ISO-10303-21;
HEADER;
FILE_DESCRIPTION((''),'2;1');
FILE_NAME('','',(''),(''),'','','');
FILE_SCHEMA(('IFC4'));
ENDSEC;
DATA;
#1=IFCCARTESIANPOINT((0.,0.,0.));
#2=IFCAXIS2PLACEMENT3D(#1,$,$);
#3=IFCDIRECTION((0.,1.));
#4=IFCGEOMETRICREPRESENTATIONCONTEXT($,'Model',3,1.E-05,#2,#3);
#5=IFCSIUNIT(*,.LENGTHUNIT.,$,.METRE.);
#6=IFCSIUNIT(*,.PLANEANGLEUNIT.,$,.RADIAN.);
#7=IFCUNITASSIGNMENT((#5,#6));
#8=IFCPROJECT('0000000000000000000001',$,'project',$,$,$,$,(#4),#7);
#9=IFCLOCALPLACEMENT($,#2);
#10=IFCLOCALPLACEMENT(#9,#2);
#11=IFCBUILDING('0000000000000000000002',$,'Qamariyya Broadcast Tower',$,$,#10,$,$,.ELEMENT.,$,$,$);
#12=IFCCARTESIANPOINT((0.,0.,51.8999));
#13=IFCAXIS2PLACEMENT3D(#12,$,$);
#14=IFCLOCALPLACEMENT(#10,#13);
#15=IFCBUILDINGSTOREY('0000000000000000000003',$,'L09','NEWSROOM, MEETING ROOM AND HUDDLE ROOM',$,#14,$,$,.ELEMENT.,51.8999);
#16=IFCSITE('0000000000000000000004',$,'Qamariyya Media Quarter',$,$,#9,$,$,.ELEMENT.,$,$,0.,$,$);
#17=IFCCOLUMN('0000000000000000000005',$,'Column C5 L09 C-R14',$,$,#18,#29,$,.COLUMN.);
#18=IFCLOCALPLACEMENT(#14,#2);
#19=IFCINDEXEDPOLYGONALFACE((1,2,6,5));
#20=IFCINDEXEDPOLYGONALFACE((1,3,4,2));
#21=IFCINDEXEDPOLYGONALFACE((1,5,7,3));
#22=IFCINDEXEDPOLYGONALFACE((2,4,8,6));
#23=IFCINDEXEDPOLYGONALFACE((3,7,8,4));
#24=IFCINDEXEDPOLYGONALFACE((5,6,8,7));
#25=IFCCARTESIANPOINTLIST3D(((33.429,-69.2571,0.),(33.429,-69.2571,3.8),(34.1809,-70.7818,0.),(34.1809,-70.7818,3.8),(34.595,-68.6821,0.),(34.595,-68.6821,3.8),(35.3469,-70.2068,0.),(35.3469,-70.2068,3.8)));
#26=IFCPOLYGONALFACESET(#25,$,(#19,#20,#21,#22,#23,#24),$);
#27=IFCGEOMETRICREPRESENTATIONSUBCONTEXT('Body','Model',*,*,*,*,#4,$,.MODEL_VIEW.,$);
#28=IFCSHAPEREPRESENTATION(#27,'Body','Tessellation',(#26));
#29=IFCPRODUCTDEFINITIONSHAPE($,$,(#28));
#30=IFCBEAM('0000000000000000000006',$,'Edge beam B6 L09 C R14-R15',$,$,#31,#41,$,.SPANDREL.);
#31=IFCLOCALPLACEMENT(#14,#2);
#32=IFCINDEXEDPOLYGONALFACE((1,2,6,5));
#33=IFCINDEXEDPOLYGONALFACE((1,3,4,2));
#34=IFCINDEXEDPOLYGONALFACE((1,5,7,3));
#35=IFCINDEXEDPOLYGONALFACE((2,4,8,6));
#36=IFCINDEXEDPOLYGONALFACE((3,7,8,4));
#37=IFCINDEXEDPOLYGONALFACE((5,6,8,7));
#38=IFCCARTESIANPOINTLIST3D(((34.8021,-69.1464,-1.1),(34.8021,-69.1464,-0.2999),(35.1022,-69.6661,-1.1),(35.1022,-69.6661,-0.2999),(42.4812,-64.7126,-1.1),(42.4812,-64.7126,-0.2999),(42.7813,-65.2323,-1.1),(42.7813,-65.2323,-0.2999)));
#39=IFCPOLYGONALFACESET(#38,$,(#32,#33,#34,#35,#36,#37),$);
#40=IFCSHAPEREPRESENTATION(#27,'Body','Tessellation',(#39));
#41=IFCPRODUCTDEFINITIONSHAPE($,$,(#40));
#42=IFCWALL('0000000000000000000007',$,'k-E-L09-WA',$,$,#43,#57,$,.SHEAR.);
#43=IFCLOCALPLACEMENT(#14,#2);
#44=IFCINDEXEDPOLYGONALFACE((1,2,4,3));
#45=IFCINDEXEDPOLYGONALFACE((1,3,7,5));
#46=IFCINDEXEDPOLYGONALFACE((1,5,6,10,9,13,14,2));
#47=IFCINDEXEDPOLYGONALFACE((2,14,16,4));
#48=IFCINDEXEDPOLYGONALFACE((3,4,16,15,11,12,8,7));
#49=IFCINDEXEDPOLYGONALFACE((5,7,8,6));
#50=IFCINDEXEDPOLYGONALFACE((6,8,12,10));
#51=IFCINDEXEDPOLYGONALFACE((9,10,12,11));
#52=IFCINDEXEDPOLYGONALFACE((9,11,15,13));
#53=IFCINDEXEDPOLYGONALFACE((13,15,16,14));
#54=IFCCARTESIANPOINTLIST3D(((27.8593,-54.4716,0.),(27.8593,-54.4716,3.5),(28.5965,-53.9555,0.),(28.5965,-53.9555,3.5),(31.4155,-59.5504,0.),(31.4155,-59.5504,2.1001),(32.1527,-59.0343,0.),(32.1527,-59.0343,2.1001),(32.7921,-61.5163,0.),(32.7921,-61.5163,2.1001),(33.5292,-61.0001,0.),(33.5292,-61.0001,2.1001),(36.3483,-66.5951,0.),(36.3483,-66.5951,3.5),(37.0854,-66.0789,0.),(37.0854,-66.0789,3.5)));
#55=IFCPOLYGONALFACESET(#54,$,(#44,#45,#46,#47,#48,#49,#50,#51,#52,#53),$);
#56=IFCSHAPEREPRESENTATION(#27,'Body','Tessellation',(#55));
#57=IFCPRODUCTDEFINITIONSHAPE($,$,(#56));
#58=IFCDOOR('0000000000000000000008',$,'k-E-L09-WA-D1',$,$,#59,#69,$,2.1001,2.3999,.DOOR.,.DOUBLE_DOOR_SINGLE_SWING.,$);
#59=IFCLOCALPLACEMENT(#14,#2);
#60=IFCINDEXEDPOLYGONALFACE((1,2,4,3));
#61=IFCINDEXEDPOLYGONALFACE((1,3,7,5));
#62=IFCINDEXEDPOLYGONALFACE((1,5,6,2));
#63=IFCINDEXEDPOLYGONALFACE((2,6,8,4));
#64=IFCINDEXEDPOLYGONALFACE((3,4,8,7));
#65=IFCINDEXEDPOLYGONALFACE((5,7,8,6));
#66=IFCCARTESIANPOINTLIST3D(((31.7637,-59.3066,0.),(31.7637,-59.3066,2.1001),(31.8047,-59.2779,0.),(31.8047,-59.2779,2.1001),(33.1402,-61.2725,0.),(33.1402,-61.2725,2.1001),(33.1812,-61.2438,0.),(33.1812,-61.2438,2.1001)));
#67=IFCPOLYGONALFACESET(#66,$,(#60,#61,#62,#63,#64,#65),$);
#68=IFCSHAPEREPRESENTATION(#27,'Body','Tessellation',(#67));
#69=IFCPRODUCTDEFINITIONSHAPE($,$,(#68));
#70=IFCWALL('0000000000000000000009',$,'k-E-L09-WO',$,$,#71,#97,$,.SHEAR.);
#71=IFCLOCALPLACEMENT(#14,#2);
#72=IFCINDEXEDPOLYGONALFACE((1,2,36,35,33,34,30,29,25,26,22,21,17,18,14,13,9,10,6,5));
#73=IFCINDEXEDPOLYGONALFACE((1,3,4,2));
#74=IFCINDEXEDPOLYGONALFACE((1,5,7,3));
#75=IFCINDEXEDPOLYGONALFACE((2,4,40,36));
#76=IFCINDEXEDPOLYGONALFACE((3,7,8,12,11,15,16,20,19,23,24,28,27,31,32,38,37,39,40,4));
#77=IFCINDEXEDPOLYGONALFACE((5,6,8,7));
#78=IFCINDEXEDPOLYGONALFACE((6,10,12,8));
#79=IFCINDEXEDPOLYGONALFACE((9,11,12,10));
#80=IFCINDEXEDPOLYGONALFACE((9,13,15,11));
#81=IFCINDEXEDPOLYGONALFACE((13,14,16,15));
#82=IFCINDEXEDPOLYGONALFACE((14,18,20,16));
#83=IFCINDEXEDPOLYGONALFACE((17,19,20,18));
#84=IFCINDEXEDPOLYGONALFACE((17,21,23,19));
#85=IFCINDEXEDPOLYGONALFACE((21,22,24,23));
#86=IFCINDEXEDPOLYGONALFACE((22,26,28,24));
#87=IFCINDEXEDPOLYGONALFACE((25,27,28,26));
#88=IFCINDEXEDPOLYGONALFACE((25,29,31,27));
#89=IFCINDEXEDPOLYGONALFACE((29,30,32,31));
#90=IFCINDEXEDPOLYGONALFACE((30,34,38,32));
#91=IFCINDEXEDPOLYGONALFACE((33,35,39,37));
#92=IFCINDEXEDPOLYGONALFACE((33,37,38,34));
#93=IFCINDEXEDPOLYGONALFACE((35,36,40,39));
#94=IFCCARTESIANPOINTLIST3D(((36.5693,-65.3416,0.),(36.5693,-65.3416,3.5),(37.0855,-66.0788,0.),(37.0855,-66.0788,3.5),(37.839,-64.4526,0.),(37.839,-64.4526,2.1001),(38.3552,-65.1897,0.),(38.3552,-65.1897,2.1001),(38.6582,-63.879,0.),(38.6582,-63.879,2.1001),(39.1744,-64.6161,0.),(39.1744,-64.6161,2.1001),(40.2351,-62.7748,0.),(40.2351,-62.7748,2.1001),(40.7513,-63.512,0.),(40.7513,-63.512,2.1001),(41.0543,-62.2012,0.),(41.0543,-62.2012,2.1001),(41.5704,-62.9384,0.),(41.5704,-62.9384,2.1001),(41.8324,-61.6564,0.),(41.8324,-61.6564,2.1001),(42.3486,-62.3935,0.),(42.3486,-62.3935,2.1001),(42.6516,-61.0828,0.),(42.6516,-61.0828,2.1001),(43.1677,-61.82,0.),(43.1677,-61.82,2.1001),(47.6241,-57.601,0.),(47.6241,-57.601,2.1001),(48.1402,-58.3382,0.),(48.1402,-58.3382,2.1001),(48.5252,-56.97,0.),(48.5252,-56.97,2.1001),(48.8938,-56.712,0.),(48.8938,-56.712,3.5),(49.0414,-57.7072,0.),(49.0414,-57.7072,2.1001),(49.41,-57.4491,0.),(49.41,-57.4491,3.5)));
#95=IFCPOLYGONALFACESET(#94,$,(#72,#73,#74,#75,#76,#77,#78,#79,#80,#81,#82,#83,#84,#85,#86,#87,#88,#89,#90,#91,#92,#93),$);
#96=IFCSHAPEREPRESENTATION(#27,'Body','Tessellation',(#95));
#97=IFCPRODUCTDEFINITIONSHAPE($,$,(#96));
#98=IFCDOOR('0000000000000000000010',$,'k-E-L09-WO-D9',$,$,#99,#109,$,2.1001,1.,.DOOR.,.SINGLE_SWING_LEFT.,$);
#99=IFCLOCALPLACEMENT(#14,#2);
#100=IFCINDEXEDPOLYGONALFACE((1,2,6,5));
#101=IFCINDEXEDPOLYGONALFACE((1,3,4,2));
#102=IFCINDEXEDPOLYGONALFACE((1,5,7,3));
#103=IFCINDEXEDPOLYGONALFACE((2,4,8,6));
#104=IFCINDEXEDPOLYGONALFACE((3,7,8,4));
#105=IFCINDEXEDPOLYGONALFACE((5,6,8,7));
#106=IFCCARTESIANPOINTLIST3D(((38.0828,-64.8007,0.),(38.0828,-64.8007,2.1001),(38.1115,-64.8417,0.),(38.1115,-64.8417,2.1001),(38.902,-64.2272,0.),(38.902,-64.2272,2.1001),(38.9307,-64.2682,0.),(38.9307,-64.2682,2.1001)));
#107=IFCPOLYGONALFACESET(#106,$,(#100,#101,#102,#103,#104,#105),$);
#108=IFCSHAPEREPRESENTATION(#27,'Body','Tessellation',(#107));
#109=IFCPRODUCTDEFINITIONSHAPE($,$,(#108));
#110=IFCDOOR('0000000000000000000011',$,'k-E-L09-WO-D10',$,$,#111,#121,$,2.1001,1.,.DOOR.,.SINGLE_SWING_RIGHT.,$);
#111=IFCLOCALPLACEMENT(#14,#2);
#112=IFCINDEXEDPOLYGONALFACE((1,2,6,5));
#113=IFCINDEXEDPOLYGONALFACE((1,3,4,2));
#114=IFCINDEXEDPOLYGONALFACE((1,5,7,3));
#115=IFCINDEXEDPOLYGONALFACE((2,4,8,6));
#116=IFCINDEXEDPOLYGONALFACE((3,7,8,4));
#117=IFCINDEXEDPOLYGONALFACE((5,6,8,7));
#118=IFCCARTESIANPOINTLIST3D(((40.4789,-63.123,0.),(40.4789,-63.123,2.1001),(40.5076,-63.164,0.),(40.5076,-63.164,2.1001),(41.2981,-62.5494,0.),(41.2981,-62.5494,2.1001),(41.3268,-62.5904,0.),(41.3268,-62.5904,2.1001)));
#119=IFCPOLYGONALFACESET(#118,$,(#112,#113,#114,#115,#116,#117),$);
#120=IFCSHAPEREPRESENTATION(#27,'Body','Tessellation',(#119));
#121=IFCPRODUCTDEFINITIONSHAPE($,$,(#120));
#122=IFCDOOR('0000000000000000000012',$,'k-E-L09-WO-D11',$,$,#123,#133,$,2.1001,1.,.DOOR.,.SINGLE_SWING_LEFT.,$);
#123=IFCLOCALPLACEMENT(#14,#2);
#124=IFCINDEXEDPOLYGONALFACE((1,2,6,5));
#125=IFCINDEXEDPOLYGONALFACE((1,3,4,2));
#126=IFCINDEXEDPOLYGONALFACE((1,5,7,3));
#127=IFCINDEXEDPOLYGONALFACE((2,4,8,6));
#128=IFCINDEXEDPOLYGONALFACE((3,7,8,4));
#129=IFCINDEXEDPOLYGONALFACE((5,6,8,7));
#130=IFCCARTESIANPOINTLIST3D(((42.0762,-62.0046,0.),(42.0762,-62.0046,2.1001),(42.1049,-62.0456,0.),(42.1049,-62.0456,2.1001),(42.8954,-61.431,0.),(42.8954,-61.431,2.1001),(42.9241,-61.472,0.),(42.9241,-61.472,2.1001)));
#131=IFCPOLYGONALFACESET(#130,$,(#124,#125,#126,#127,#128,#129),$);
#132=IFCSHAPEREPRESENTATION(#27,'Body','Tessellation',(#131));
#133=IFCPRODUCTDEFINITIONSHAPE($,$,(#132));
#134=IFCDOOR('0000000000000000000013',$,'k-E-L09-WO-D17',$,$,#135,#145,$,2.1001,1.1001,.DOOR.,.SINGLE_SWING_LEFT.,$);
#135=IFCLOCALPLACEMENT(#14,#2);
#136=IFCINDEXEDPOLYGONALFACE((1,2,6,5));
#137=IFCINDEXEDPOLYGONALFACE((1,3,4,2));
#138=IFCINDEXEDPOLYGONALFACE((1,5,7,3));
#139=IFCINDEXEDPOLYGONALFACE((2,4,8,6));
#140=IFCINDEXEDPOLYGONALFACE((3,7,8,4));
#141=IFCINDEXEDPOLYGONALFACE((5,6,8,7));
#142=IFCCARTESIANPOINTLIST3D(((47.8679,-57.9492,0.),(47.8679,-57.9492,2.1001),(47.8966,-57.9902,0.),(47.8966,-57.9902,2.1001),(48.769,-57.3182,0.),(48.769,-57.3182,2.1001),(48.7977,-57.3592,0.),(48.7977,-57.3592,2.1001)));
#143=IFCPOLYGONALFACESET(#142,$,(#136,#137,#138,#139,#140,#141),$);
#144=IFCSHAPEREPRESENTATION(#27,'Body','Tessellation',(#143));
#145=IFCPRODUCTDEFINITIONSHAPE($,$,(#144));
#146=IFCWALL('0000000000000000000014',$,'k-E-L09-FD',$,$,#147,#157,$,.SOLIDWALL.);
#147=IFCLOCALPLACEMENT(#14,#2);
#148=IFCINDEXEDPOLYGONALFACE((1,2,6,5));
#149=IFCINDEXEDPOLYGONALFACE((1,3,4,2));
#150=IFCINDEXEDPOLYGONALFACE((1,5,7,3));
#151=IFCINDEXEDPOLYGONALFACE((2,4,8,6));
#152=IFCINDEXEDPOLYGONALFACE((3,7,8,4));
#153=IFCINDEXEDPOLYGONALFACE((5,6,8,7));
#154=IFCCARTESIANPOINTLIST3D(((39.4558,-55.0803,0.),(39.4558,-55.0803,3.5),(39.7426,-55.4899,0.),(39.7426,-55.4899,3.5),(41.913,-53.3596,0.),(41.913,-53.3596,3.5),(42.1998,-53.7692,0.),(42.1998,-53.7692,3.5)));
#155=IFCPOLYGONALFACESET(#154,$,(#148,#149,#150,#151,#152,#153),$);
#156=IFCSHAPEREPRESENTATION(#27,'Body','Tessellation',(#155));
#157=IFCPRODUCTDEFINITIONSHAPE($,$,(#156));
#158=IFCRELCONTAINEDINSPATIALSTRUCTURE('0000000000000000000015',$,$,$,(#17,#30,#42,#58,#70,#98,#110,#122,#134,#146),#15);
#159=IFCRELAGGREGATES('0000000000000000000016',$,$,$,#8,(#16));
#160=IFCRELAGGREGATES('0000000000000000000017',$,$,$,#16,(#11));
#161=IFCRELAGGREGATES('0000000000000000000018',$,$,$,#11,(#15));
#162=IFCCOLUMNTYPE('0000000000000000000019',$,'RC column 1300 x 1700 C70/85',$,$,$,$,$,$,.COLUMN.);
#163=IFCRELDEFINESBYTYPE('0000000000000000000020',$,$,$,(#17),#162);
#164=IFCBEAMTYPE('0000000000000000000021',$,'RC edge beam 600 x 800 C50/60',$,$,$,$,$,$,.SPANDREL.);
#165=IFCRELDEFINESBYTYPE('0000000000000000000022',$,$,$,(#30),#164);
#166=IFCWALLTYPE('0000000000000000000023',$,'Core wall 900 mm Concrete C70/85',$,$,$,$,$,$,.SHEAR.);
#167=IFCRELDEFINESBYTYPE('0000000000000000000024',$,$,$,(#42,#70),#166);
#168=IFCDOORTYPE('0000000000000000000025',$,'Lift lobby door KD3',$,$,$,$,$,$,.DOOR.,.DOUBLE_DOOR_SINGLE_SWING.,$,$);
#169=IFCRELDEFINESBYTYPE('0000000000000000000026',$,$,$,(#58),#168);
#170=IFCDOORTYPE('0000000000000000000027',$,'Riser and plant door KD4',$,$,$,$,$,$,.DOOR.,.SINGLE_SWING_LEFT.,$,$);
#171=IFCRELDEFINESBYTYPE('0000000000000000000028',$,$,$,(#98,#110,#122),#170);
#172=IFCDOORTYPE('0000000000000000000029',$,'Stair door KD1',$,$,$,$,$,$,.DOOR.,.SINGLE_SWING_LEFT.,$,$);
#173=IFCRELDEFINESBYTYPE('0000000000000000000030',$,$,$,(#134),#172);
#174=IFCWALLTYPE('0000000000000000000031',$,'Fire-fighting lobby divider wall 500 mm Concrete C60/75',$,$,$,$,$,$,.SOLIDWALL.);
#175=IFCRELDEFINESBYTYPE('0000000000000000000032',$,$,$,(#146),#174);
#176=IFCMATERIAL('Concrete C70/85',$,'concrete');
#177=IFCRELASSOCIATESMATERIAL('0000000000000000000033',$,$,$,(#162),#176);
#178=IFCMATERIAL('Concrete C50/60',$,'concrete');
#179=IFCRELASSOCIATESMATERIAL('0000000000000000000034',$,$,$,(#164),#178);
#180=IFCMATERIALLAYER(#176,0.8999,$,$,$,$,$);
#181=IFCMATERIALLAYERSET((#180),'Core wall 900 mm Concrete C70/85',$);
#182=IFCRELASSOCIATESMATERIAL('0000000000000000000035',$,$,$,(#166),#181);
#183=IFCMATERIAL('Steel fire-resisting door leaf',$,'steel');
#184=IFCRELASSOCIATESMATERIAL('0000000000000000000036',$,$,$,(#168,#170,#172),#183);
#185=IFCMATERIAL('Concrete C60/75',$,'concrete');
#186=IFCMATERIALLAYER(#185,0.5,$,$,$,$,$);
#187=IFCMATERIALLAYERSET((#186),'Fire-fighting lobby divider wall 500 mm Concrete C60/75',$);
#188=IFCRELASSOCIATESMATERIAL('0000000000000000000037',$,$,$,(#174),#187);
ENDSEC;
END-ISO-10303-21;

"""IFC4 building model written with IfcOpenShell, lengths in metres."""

from ifc_helpers import new_model, si_unit, direction, frame, frame_2d, origin, origin_2d, place, context, subcontext, project, spatial, rectangle, extrude, material, layer, layer_set, material_profile, profile_set, type_object, element, fill, save


model = new_model("IFC4")

# Units and contexts
model_context = context("Model", 3, precision=1e-05, world=origin(), true_north=direction((0.0, 1.0)))
body_context = subcontext(model_context, "Body", "Model", "MODEL_VIEW")
ifc_project = project(units=[si_unit("LENGTHUNIT", "METRE"), si_unit("PLANEANGLEUNIT", "RADIAN")], contexts=[model_context])

# Site, building, storey
site_placement = place(None, origin())
site = spatial("IfcSite", under=ifc_project, at=site_placement, Name="Qamariyya Media Quarter", CompositionType="ELEMENT", RefElevation=0.0)
building_placement = place(site_placement, origin())
building = spatial("IfcBuilding", under=site, at=building_placement, Name="Qamariyya Broadcast Tower", CompositionType="ELEMENT")
storey_placement = place(building_placement, frame((0.0, 0.0, 51.8999)))
storey = spatial("IfcBuildingStorey", under=building, at=storey_placement, Name="L09", Description="NEWSROOM, MEETING ROOM AND HUDDLE ROOM", CompositionType="ELEMENT", Elevation=51.8999)

# Column
ifc_material_1 = material(Name="Concrete C70/85", Category="concrete")
ifc_material_profile_1 = material_profile(ifc_material_1, rectangle(XDim=1.3, YDim=1.7, at=origin_2d()))
ifc_profile_set_1 = profile_set([ifc_material_profile_1], Name="Concrete C70/85")
column_type = type_object("IfcColumnType", Name="RC column 1300 x 1700 C70/85", PredefinedType="COLUMN", material=ifc_profile_set_1)
column_placement = place(storey_placement, frame((34.3879, -69.7319, 0.0), z_axis=(0.0, 0.0, 1.0), x_axis=(0.896873, 0.442289, 0.0)))
element("IfcColumn", 1, at=column_placement, inside=storey, type_object=column_type, Name="Column C5 L09 C-R14", PredefinedType="COLUMN", context=body_context, shape_type="SweptSolid", body=[
    extrude(rectangle(XDim=1.3, YDim=1.7, at=origin_2d()), origin(), (0.0, 0.0, 1.0), 3.8),
])

# Beam
ifc_material_2 = material(Name="Concrete C50/60", Category="concrete")
ifc_material_profile_2 = material_profile(ifc_material_2, rectangle(XDim=0.6001, YDim=0.8, at=origin_2d()))
ifc_profile_set_2 = profile_set([ifc_material_profile_2], Name="Concrete C50/60")
beam_type = type_object("IfcBeamType", Name="RC edge beam 600 x 800 C50/60", PredefinedType="SPANDREL", material=ifc_profile_set_2)
beam_placement = place(storey_placement, frame((34.9521, -69.4062, -0.7), z_axis=(0.866013, 0.500021, 0.0), x_axis=(-0.500021, 0.866013, 0.0)))
element("IfcBeam", 2, at=beam_placement, inside=storey, type_object=beam_type, Name="Edge beam B6 L09 C R14-R15", PredefinedType="SPANDREL", context=body_context, shape_type="SweptSolid", body=[
    extrude(rectangle(XDim=0.6001, YDim=0.8, at=origin_2d()), origin(), (0.0, 0.0, 1.0), 8.8672),
])

# Wall, opening, door
ifc_layer_1 = layer(ifc_material_1, 0.8999)
ifc_layer_set_1 = layer_set([ifc_layer_1], Name="Core wall 900 mm Concrete C70/85")
wall_type_1 = type_object("IfcWallType", Name="Core wall 900 mm Concrete C70/85", PredefinedType="SHEAR", material=ifc_layer_set_1)
wall_1_placement = place(storey_placement, frame((36.7168, -66.3369, 0.0), z_axis=(0.0, 0.0, 1.0), x_axis=(-0.573577, 0.819151, 0.0)))
wall_1 = element("IfcWall", 3, at=wall_1_placement, inside=storey, type_object=wall_type_1, Name="k-E-L09-WA", PredefinedType="SHEAR", context=body_context, shape_type="SweptSolid", body=[
    extrude(rectangle(XDim=14.8, YDim=0.8999, at=frame_2d((7.3999, 0.0))), origin(), (0.0, 0.0, 1.0), 3.5),
])
opening_1_placement = place(wall_1_placement, frame((6.2, 0.0, 0.0)))
opening_1 = element("IfcOpeningElement", 4, at=opening_1_placement, cuts=wall_1, PredefinedType="OPENING", context=body_context, shape_type="SweptSolid", body=[
    extrude(rectangle(XDim=2.3999, YDim=2.1001, at=frame_2d((1.2, 1.05))), frame((0.0, 0.46, 0.0), z_axis=(0.0, -1.0, 0.0), x_axis=(1.0, 0.0, 0.0)), (0.0, 0.0, 1.0), 0.9199),
])
ifc_material_3 = material(Name="Steel fire-resisting door leaf", Category="steel")
door_type_1 = type_object("IfcDoorType", Name="Lift lobby door KD3", OperationType="DOUBLE_DOOR_SINGLE_SWING", PredefinedType="DOOR", material=ifc_material_3)
door_1_placement = place(opening_1_placement, origin())
door_1 = element("IfcDoor", 5, at=door_1_placement, inside=storey, type_object=door_type_1, Name="k-E-L09-WA-D1", OperationType="DOUBLE_DOOR_SINGLE_SWING", OverallHeight=2.1001, OverallWidth=2.3999, PredefinedType="DOOR", context=body_context, shape_type="SweptSolid", body=[
    extrude(rectangle(XDim=2.3999, YDim=2.1001, at=frame_2d((1.2, 1.05))), frame((0.0, 0.0249, 0.0), z_axis=(0.0, -1.0, 0.0), x_axis=(1.0, 0.0, 0.0)), (0.0, 0.0, 1.0), 0.05),
])
fill(opening_1, door_1)

# Wall, openings, doors
wall_2_placement = place(storey_placement, frame((36.8274, -65.7102, 0.0), z_axis=(0.0, 0.0, 1.0), x_axis=(0.819153, 0.573575, 0.0)))
wall_2 = element("IfcWall", 6, at=wall_2_placement, inside=storey, type_object=wall_type_1, Name="k-E-L09-WO", PredefinedType="SHEAR", context=body_context, shape_type="SweptSolid", body=[
    extrude(rectangle(XDim=15.0454, YDim=0.8999, at=frame_2d((7.5227, 0.0))), origin(), (0.0, 0.0, 1.0), 3.5),
])
opening_2_placement = place(wall_2_placement, frame((1.55, 0.0, 0.0)))
opening_2 = element("IfcOpeningElement", 7, at=opening_2_placement, cuts=wall_2, PredefinedType="OPENING", context=body_context, shape_type="SweptSolid", body=[
    extrude(rectangle(XDim=1.0, YDim=2.1001, at=frame_2d((0.5, 1.05))), frame((0.0, 0.46, 0.0), z_axis=(0.0, -1.0, 0.0), x_axis=(1.0, 0.0, 0.0)), (0.0, 0.0, 1.0), 0.9199),
])
opening_3_placement = place(wall_2_placement, frame((4.4751, 0.0, 0.0)))
opening_3 = element("IfcOpeningElement", 8, at=opening_3_placement, cuts=wall_2, PredefinedType="OPENING", context=body_context, shape_type="SweptSolid", body=[
    extrude(rectangle(XDim=1.0, YDim=2.1001, at=frame_2d((0.5, 1.05))), frame((0.0, 0.46, 0.0), z_axis=(0.0, -1.0, 0.0), x_axis=(1.0, 0.0, 0.0)), (0.0, 0.0, 1.0), 0.9199),
])
opening_4_placement = place(wall_2_placement, frame((6.425, 0.0, 0.0)))
opening_4 = element("IfcOpeningElement", 9, at=opening_4_placement, cuts=wall_2, PredefinedType="OPENING", context=body_context, shape_type="SweptSolid", body=[
    extrude(rectangle(XDim=1.0, YDim=2.1001, at=frame_2d((0.5, 1.05))), frame((0.0, 0.46, 0.0), z_axis=(0.0, -1.0, 0.0), x_axis=(1.0, 0.0, 0.0)), (0.0, 0.0, 1.0), 0.9199),
])
opening_5_placement = place(wall_2_placement, frame((13.4954, 0.0, 0.0)))
opening_5 = element("IfcOpeningElement", 10, at=opening_5_placement, cuts=wall_2, PredefinedType="OPENING", context=body_context, shape_type="SweptSolid", body=[
    extrude(rectangle(XDim=1.1001, YDim=2.1001, at=frame_2d((0.55, 1.05))), frame((0.0, 0.46, 0.0), z_axis=(0.0, -1.0, 0.0), x_axis=(1.0, 0.0, 0.0)), (0.0, 0.0, 1.0), 0.9199),
])
door_type_2 = type_object("IfcDoorType", Name="Riser and plant door KD4", OperationType="SINGLE_SWING_LEFT", PredefinedType="DOOR", material=ifc_material_3)
door_2_placement = place(opening_2_placement, origin())
door_2 = element("IfcDoor", 11, at=door_2_placement, inside=storey, type_object=door_type_2, Name="k-E-L09-WO-D9", OperationType="SINGLE_SWING_LEFT", OverallHeight=2.1001, OverallWidth=1.0, PredefinedType="DOOR", context=body_context, shape_type="SweptSolid", body=[
    extrude(rectangle(XDim=1.0, YDim=2.1001, at=frame_2d((0.5, 1.05))), frame((0.0, 0.0249, 0.0), z_axis=(0.0, -1.0, 0.0), x_axis=(1.0, 0.0, 0.0)), (0.0, 0.0, 1.0), 0.05),
])
fill(opening_2, door_2)
door_3_placement = place(opening_3_placement, origin())
door_3 = element("IfcDoor", 12, at=door_3_placement, inside=storey, type_object=door_type_2, Name="k-E-L09-WO-D10", OperationType="SINGLE_SWING_RIGHT", OverallHeight=2.1001, OverallWidth=1.0, PredefinedType="DOOR", context=body_context, shape_type="SweptSolid", body=[
    extrude(rectangle(XDim=1.0, YDim=2.1001, at=frame_2d((0.5, 1.05))), frame((0.0, 0.0249, 0.0), z_axis=(0.0, -1.0, 0.0), x_axis=(1.0, 0.0, 0.0)), (0.0, 0.0, 1.0), 0.05),
])
fill(opening_3, door_3)
door_4_placement = place(opening_4_placement, origin())
door_4 = element("IfcDoor", 13, at=door_4_placement, inside=storey, type_object=door_type_2, Name="k-E-L09-WO-D11", OperationType="SINGLE_SWING_LEFT", OverallHeight=2.1001, OverallWidth=1.0, PredefinedType="DOOR", context=body_context, shape_type="SweptSolid", body=[
    extrude(rectangle(XDim=1.0, YDim=2.1001, at=frame_2d((0.5, 1.05))), frame((0.0, 0.0249, 0.0), z_axis=(0.0, -1.0, 0.0), x_axis=(1.0, 0.0, 0.0)), (0.0, 0.0, 1.0), 0.05),
])
fill(opening_4, door_4)
door_type_3 = type_object("IfcDoorType", Name="Stair door KD1", OperationType="SINGLE_SWING_LEFT", PredefinedType="DOOR", material=ifc_material_3)
door_5_placement = place(opening_5_placement, origin())
door_5 = element("IfcDoor", 14, at=door_5_placement, inside=storey, type_object=door_type_3, Name="k-E-L09-WO-D17", OperationType="SINGLE_SWING_LEFT", OverallHeight=2.1001, OverallWidth=1.1001, PredefinedType="DOOR", context=body_context, shape_type="SweptSolid", body=[
    extrude(rectangle(XDim=1.1001, YDim=2.1001, at=frame_2d((0.55, 1.05))), frame((0.0, 0.0249, 0.0), z_axis=(0.0, -1.0, 0.0), x_axis=(1.0, 0.0, 0.0)), (0.0, 0.0, 1.0), 0.05),
])
fill(opening_5, door_5)

# Wall
ifc_material_4 = material(Name="Concrete C60/75", Category="concrete")
ifc_layer_2 = layer(ifc_material_4, 0.5)
ifc_layer_set_2 = layer_set([ifc_layer_2], Name="Fire-fighting lobby divider wall 500 mm Concrete C60/75")
wall_type_2 = type_object("IfcWallType", Name="Fire-fighting lobby divider wall 500 mm Concrete C60/75", PredefinedType="SOLIDWALL", material=ifc_layer_set_2)
wall_3_placement = place(storey_placement, frame((39.5991, -55.2852, 0.0), z_axis=(0.0, 0.0, 1.0), x_axis=(0.819136, 0.573599, 0.0)))
element("IfcWall", 15, at=wall_3_placement, inside=storey, type_object=wall_type_2, Name="k-E-L09-FD", PredefinedType="SOLIDWALL", context=body_context, shape_type="SweptSolid", body=[
    extrude(rectangle(XDim=2.9998, YDim=0.5, at=frame_2d((1.5, 0.0))), origin(), (0.0, 0.0, 1.0), 3.5),
])

save(model, "model.ifc")
